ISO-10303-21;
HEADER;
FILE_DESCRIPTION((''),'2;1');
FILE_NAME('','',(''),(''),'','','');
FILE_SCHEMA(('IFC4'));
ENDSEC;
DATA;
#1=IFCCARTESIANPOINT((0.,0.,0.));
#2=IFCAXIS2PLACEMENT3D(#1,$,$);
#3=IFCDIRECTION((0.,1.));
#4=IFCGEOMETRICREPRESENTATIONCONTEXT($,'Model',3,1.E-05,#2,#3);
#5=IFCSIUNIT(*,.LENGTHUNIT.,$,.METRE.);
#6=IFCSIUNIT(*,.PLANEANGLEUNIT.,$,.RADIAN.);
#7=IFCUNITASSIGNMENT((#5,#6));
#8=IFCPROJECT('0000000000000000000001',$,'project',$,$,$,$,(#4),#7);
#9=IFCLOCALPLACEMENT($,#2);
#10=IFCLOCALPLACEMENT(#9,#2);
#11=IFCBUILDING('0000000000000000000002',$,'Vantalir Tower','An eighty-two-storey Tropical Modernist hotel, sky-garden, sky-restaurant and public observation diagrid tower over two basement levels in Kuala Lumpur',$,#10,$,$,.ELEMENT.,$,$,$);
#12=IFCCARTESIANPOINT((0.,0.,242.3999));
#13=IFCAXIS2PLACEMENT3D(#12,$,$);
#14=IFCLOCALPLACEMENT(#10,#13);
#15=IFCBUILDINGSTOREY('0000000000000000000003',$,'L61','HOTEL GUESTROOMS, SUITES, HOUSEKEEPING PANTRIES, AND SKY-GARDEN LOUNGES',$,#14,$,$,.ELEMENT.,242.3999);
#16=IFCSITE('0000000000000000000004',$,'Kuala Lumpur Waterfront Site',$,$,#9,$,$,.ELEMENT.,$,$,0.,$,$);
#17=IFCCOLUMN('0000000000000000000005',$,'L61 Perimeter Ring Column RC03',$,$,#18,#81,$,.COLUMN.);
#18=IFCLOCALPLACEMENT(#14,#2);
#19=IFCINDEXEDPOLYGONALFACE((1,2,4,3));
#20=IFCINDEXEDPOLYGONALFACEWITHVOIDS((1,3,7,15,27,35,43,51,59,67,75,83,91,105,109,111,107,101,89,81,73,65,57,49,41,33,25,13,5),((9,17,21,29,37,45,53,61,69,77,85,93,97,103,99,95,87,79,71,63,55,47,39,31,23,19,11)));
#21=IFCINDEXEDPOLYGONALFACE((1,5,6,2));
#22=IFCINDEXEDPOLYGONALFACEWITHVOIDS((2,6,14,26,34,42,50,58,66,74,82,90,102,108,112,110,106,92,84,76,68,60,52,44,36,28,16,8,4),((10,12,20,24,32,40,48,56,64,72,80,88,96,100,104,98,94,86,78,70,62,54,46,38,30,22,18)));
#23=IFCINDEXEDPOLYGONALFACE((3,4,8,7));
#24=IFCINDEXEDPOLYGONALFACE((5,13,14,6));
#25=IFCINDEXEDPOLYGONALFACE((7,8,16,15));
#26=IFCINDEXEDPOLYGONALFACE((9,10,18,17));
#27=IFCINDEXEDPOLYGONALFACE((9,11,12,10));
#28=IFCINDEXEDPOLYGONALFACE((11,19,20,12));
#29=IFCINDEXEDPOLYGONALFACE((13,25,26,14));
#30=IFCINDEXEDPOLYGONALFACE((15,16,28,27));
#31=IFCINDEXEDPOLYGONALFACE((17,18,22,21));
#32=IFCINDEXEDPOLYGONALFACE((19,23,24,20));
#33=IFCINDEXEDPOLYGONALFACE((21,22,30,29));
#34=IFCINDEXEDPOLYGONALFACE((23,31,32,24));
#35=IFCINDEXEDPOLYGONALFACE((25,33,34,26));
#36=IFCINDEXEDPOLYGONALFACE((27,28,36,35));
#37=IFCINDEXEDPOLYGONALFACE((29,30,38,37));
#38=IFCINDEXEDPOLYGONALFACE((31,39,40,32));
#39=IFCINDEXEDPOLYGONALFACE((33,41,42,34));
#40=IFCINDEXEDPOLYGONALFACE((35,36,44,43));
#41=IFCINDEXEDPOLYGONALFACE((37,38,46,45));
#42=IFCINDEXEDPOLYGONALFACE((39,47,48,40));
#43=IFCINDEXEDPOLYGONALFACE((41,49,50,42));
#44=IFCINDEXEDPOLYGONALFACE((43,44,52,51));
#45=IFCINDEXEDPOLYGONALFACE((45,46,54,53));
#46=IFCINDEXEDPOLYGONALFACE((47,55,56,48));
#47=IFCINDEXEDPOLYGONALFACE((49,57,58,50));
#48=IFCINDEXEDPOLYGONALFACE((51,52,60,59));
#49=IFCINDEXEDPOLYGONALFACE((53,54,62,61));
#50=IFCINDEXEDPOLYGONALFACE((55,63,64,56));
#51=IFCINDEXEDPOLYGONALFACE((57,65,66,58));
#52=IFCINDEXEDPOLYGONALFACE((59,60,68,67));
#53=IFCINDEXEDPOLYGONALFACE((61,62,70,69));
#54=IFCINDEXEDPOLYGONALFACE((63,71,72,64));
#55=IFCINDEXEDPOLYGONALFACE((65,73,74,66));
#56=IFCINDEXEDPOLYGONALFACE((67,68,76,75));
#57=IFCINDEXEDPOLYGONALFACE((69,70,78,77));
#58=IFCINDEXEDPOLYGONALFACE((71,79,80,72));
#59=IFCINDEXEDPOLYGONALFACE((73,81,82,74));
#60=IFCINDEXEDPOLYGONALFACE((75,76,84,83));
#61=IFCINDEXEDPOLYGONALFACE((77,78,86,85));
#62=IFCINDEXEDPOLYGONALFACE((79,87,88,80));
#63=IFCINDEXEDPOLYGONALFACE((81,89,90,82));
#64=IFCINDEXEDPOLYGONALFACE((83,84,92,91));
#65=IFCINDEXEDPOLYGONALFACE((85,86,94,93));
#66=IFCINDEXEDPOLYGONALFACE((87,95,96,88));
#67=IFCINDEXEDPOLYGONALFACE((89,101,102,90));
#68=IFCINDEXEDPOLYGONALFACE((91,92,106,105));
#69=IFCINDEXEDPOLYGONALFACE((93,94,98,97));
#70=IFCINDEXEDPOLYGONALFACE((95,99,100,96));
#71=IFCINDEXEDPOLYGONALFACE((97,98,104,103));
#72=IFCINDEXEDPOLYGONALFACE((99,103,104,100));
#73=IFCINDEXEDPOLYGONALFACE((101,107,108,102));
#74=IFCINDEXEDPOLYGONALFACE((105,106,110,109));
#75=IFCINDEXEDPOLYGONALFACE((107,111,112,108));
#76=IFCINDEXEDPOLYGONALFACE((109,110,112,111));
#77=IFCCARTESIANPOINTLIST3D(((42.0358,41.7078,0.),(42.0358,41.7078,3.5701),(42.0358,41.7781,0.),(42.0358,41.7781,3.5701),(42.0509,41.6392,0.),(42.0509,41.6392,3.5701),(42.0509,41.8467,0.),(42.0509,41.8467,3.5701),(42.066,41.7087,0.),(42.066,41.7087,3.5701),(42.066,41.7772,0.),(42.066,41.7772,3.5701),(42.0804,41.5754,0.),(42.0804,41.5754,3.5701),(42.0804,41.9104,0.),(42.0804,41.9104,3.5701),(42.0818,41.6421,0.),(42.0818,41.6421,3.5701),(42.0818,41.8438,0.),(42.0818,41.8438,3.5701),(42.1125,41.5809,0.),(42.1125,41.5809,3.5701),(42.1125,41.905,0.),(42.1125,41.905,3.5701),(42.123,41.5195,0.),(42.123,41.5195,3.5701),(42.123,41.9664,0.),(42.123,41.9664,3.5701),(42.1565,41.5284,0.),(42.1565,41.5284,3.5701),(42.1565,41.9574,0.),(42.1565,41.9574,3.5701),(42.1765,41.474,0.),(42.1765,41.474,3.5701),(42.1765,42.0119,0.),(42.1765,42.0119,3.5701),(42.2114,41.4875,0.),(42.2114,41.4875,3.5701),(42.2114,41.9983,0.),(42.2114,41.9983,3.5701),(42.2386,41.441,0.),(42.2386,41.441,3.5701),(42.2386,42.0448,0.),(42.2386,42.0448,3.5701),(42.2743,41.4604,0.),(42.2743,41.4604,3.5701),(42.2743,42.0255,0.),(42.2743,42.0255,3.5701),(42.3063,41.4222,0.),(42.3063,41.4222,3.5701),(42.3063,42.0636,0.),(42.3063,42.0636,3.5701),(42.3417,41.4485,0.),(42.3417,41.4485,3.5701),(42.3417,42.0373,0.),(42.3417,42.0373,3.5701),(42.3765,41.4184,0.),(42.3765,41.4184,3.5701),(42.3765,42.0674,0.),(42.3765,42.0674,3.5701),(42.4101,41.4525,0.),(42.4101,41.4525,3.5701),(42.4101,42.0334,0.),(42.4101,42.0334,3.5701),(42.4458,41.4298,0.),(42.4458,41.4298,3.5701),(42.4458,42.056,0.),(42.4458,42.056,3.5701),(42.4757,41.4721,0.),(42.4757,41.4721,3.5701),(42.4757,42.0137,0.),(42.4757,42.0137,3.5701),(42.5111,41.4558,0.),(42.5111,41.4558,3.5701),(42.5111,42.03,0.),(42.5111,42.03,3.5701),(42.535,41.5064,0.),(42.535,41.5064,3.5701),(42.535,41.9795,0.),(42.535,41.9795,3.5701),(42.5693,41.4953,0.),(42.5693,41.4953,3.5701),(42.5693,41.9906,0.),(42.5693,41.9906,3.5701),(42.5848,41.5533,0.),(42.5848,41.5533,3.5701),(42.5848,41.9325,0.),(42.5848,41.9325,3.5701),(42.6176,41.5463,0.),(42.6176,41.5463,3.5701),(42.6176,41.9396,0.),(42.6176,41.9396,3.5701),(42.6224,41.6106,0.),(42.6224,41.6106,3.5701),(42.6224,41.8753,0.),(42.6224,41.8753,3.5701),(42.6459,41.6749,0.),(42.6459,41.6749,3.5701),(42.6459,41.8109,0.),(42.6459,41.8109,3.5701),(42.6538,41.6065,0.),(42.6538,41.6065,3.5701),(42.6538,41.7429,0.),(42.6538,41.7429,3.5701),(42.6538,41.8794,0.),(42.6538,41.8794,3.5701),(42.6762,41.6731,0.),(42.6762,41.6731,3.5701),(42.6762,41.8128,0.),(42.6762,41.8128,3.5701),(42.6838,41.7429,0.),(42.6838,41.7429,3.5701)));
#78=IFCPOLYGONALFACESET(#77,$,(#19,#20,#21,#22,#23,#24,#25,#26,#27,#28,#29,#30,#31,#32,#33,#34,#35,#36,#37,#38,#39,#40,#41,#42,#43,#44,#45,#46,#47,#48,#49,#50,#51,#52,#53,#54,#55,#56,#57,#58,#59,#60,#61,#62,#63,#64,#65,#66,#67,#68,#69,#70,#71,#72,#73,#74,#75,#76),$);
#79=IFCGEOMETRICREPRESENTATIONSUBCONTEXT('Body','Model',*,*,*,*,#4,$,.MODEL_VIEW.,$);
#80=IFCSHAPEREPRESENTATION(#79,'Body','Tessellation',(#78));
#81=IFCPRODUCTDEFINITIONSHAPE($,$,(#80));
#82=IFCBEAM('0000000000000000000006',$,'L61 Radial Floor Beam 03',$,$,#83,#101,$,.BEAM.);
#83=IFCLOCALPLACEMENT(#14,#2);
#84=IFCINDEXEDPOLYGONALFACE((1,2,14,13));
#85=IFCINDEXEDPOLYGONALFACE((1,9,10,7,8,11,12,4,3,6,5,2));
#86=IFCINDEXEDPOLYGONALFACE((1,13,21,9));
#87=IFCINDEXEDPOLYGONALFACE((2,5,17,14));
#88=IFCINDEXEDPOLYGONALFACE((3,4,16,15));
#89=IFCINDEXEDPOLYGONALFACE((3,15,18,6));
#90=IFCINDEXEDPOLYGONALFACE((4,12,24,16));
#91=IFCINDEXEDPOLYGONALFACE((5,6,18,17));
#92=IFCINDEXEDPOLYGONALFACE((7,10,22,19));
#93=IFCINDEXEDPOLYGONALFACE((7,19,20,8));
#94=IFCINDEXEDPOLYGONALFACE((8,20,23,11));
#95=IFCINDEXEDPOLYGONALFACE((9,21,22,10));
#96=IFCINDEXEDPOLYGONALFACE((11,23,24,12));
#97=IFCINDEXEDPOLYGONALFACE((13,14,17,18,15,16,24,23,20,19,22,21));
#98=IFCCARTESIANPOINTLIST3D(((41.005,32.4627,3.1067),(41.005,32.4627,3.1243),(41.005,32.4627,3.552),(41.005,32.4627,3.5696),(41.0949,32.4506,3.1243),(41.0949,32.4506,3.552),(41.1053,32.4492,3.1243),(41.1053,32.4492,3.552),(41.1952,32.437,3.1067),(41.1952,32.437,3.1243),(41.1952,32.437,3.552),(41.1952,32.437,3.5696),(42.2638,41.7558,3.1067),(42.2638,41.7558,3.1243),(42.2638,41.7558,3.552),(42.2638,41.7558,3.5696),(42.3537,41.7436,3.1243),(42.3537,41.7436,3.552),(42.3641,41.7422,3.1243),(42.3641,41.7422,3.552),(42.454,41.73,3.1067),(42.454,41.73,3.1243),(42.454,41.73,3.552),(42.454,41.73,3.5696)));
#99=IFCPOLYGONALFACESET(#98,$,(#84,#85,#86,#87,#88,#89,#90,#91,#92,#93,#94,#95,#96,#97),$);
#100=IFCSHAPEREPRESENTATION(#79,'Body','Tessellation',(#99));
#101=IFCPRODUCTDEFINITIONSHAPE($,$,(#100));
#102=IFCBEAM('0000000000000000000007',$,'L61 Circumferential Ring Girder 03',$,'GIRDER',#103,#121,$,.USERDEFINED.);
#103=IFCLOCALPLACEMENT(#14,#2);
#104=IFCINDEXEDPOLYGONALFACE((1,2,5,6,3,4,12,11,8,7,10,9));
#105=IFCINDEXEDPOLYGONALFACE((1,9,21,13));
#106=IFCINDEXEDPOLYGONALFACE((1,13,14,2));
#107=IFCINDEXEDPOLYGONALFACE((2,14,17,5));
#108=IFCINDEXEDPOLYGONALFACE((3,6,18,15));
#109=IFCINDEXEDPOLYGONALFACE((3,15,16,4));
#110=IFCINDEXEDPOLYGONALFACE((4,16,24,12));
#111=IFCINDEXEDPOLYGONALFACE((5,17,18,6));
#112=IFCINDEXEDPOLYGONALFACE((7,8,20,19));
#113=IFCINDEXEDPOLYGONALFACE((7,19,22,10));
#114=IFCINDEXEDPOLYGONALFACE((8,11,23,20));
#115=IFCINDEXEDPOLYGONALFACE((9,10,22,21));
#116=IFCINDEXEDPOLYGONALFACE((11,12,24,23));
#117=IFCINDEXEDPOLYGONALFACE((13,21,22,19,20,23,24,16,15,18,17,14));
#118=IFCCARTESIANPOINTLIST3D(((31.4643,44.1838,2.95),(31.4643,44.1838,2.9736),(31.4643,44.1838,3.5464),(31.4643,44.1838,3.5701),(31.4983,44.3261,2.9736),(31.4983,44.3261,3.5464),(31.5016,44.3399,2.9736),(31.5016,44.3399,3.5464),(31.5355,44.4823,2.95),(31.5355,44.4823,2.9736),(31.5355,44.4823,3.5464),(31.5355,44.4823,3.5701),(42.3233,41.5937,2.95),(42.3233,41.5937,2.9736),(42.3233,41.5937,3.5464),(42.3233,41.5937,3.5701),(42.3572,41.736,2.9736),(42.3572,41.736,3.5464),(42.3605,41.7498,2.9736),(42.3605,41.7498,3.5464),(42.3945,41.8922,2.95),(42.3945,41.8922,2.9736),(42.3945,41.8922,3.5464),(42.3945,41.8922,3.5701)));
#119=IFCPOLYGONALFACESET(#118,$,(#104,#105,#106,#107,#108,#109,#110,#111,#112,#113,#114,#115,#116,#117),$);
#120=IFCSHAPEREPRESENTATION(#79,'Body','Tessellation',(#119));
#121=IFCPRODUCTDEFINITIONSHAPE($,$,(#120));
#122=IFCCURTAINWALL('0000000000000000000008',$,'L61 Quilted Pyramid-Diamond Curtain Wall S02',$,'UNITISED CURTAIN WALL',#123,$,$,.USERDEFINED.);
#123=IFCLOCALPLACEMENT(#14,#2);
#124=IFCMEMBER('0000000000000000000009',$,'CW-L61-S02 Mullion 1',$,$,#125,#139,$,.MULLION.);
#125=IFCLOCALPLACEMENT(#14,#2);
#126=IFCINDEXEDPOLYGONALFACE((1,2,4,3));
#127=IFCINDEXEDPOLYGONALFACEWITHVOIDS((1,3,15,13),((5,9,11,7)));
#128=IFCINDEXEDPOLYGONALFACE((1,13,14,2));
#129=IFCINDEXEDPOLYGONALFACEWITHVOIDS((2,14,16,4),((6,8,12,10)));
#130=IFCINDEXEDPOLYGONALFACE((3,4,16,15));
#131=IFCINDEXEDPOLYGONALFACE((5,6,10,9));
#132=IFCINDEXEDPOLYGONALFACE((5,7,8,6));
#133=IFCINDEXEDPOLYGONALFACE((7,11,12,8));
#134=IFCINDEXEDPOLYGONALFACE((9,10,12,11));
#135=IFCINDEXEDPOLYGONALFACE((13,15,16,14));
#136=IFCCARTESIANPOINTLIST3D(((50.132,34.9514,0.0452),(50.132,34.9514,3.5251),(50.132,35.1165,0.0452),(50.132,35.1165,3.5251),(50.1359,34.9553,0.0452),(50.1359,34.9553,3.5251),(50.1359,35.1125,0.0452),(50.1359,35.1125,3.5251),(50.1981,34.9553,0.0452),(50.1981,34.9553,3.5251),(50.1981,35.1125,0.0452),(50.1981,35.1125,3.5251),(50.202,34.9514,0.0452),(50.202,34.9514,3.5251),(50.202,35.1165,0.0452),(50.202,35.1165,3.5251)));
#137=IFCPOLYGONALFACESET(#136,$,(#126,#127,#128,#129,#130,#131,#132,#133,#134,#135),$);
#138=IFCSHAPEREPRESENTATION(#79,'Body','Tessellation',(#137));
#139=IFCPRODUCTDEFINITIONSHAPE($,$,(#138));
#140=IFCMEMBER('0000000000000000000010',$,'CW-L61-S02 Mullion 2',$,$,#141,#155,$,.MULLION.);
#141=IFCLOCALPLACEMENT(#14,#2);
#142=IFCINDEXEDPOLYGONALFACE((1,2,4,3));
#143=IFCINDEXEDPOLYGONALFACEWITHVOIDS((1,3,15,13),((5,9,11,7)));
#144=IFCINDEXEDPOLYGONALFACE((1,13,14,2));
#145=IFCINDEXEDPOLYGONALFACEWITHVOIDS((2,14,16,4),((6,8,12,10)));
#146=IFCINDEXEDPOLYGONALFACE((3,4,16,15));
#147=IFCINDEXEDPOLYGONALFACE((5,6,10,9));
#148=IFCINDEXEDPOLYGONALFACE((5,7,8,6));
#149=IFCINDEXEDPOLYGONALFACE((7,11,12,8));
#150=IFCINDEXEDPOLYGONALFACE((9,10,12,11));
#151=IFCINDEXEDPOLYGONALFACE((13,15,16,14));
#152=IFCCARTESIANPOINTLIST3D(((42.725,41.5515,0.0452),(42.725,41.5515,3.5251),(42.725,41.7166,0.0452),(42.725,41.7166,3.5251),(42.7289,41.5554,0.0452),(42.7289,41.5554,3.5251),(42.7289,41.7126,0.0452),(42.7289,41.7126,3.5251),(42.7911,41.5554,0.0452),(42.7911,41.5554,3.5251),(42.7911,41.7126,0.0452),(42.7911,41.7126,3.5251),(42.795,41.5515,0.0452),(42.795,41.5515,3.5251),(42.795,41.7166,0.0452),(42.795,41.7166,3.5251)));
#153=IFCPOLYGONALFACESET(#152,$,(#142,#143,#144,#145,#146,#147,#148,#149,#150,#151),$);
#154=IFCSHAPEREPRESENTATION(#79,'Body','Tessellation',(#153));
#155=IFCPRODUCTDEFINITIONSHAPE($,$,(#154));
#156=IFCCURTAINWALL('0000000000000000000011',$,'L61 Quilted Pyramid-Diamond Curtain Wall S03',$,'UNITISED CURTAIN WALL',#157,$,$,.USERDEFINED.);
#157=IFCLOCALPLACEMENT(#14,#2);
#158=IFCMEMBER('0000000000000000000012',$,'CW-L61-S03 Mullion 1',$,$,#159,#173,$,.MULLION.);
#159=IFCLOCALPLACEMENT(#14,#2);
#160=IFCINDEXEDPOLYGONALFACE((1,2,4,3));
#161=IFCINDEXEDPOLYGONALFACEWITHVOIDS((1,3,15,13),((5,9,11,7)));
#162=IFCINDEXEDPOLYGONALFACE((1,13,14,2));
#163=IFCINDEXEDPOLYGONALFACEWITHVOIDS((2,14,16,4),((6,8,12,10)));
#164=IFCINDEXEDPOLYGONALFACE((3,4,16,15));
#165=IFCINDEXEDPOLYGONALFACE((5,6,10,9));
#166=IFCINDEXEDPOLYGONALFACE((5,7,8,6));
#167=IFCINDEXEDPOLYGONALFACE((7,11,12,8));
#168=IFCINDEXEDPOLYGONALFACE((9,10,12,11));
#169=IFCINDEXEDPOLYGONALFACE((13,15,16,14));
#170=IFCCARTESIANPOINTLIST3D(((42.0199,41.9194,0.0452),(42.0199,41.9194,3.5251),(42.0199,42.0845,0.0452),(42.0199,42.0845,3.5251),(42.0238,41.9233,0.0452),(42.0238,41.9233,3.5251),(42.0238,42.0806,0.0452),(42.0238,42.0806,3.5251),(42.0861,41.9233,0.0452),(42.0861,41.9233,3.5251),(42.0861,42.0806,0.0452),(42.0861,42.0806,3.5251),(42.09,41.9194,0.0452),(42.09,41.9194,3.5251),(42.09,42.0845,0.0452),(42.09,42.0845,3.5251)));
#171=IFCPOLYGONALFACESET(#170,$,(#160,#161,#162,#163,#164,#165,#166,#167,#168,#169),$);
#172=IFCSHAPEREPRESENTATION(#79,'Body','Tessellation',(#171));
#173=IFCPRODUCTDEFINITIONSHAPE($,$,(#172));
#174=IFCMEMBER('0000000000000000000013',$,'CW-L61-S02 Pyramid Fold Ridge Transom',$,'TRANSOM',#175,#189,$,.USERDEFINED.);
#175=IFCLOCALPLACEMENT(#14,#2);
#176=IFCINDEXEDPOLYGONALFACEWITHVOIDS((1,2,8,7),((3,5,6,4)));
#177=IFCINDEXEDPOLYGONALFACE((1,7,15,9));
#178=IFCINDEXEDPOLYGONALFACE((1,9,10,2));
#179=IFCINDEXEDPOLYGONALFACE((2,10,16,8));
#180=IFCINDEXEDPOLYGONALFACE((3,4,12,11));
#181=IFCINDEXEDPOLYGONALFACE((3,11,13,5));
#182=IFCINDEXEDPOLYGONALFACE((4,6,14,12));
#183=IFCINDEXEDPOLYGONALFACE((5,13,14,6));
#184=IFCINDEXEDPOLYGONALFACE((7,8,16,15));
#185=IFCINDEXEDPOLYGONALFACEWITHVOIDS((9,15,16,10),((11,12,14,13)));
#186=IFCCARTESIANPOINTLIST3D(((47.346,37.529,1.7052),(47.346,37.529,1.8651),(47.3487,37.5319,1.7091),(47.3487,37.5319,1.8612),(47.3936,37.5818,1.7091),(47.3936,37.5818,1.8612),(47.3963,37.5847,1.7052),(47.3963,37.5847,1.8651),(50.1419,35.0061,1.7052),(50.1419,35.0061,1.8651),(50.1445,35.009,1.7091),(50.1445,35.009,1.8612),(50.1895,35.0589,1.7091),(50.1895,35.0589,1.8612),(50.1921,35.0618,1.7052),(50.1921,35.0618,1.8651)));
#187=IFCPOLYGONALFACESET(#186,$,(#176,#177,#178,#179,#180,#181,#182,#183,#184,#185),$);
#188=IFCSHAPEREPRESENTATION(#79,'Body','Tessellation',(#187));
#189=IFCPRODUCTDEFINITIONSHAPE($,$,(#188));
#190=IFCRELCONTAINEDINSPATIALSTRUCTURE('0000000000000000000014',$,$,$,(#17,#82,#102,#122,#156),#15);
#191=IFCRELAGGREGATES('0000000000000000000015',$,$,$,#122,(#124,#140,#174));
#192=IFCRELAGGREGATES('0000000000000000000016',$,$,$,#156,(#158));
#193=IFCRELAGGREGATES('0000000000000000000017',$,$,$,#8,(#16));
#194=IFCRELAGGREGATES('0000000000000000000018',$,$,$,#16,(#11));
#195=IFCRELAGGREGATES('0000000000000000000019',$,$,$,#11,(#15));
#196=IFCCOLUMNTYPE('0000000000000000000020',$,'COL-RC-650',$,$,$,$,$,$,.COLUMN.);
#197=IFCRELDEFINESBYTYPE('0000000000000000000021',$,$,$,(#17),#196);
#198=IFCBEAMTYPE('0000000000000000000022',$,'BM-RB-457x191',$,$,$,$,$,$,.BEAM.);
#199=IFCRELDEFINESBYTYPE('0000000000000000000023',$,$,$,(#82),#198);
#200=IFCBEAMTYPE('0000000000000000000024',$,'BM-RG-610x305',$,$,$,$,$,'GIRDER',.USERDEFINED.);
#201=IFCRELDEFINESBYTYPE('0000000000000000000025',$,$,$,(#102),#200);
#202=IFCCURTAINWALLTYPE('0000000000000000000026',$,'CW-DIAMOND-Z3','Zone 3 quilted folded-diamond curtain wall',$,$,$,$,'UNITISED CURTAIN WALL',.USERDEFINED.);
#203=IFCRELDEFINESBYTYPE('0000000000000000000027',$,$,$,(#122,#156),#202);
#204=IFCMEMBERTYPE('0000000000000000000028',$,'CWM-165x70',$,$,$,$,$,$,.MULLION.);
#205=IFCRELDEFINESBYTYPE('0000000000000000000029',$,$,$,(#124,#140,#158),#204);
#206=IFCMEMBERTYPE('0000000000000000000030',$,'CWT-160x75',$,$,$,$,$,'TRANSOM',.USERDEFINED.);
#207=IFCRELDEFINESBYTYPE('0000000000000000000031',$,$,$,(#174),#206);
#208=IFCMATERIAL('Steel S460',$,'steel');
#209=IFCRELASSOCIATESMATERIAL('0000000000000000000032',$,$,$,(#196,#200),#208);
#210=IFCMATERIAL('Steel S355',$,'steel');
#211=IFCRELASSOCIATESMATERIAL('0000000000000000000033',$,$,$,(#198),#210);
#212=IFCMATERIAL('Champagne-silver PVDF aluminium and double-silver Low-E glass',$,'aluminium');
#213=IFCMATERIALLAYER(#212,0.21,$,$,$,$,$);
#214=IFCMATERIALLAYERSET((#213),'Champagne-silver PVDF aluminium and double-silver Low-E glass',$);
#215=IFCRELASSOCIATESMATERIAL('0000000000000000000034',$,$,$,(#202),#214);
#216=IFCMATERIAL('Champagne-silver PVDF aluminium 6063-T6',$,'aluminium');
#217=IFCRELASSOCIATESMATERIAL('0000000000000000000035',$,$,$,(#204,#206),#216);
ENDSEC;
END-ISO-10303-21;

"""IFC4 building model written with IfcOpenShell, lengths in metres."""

from ifc_helpers import new_model, si_unit, direction, frame, origin, origin_2d, place, context, subcontext, project, spatial, hollow_rectangle, hollow_circle, i_section, extrude, material, layer, layer_set, material_profile, profile_set, type_object, element, aggregate, save


model = new_model("IFC4")

# Units and contexts
model_context = context("Model", 3, precision=1e-05, world=origin(), true_north=direction((0.0, 1.0)))
body_context = subcontext(model_context, "Body", "Model", "MODEL_VIEW")
ifc_project = project(units=[si_unit("LENGTHUNIT", "METRE"), si_unit("PLANEANGLEUNIT", "RADIAN")], contexts=[model_context])

# Site, building, storey
site_placement = place(None, origin())
site = spatial("IfcSite", under=ifc_project, at=site_placement, Name="Kuala Lumpur Waterfront Site", CompositionType="ELEMENT", RefElevation=0.0)
building_placement = place(site_placement, origin())
building = spatial("IfcBuilding", under=site, at=building_placement, Name="Vantalir Tower", Description="An eighty-two-storey Tropical Modernist hotel, sky-garden, sky-restaurant and public observation diagrid tower over two basement levels in Kuala Lumpur", CompositionType="ELEMENT")
storey_placement = place(building_placement, frame((0.0, 0.0, 242.3999)))
storey = spatial("IfcBuildingStorey", under=building, at=storey_placement, Name="L61", Description="HOTEL GUESTROOMS, SUITES, HOUSEKEEPING PANTRIES, AND SKY-GARDEN LOUNGES", CompositionType="ELEMENT", Elevation=242.3999)

# Column
ifc_material_1 = material(Name="Steel S460", Category="steel")
ifc_material_profile_1 = material_profile(ifc_material_1, hollow_circle(Radius=0.325, WallThickness=0.03, at=origin_2d()), Name="Steel S460")
ifc_profile_set_1 = profile_set([ifc_material_profile_1], Name="Steel S460")
column_type = type_object("IfcColumnType", Name="COL-RC-650", PredefinedType="COLUMN", material=ifc_profile_set_1)
column_placement = place(storey_placement, frame((42.3589, 41.7429, 0.0), z_axis=(0.0, 0.0, 1.0), x_axis=(1.0, 0.0, 0.0)))
element("IfcColumn", 1, at=column_placement, inside=storey, type_object=column_type, Name="L61 Perimeter Ring Column RC03", PredefinedType="COLUMN", context=body_context, shape_type="SweptSolid", body=[
    extrude(hollow_circle(Radius=0.325, WallThickness=0.03, at=origin_2d()), origin(), (0.0, 0.0, 1.0), 3.5701),
])

# Beams
ifc_material_2 = material(Name="Steel S355", Category="steel")
ifc_material_profile_2 = material_profile(ifc_material_2, i_section(OverallWidth=0.1919, OverallDepth=0.4629, WebThickness=0.0105, FlangeThickness=0.0176, at=origin_2d()), Name="Steel S355")
ifc_profile_set_2 = profile_set([ifc_material_profile_2], Name="Steel S355")
beam_type_1 = type_object("IfcBeamType", Name="BM-RB-457x191", PredefinedType="BEAM", material=ifc_profile_set_2)
beam_1_placement = place(storey_placement, frame((42.3589, 41.7429, 3.3381), z_axis=(-0.13423, -0.99095, 0.0), x_axis=(0.99095, -0.13423, 0.0)))
element("IfcBeam", 2, at=beam_1_placement, inside=storey, type_object=beam_type_1, Name="L61 Radial Floor Beam 03", PredefinedType="BEAM", context=body_context, shape_type="SweptSolid", body=[
    extrude(i_section(OverallWidth=0.1919, OverallDepth=0.4629, WebThickness=0.0105, FlangeThickness=0.0176, at=origin_2d()), origin(), (0.0, 0.0, 1.0), 9.3779),
])
ifc_material_profile_3 = material_profile(ifc_material_1, i_section(OverallWidth=0.3069, OverallDepth=0.6201, WebThickness=0.0142, FlangeThickness=0.0237, at=origin_2d()), Name="Steel S460")
ifc_profile_set_3 = profile_set([ifc_material_profile_3], Name="Steel S460")
beam_type_2 = type_object("IfcBeamType", Name="BM-RG-610x305", ElementType="GIRDER", PredefinedType="USERDEFINED", material=ifc_profile_set_3)
beam_2_placement = place(storey_placement, frame((42.3589, 41.7429, 3.26), z_axis=(-0.972713, 0.232014, 0.0), x_axis=(-0.232014, -0.972713, 0.0)))
element("IfcBeam", 3, at=beam_2_placement, inside=storey, type_object=beam_type_2, Name="L61 Circumferential Ring Girder 03", ObjectType="GIRDER", PredefinedType="USERDEFINED", context=body_context, shape_type="SweptSolid", body=[
    extrude(i_section(OverallWidth=0.3069, OverallDepth=0.6201, WebThickness=0.0142, FlangeThickness=0.0237, at=origin_2d()), origin(), (0.0, 0.0, 1.0), 11.1636),
])

# Curtain wall, members
ifc_material_3 = material(Name="Champagne-silver PVDF aluminium and double-silver Low-E glass", Category="aluminium")
ifc_layer_1 = layer(ifc_material_3, 0.21)
ifc_layer_set_1 = layer_set([ifc_layer_1], Name="Champagne-silver PVDF aluminium and double-silver Low-E glass")
curtain_wall_type = type_object("IfcCurtainWallType", Name="CW-DIAMOND-Z3", Description="Zone 3 quilted folded-diamond curtain wall", ElementType="UNITISED CURTAIN WALL", PredefinedType="USERDEFINED", material=ifc_layer_set_1)
curtain_wall_1_placement = place(storey_placement, origin())
curtain_wall_1 = element("IfcCurtainWall", 4, at=curtain_wall_1_placement, inside=storey, type_object=curtain_wall_type, Name="L61 Quilted Pyramid-Diamond Curtain Wall S02", ObjectType="UNITISED CURTAIN WALL", PredefinedType="USERDEFINED")
ifc_material_4 = material(Name="Champagne-silver PVDF aluminium 6063-T6", Category="aluminium")
ifc_material_profile_4 = material_profile(ifc_material_4, hollow_rectangle(XDim=0.0701, YDim=0.165, WallThickness=0.0039, at=origin_2d()), Name="Champagne-silver PVDF aluminium 6063-T6")
ifc_profile_set_4 = profile_set([ifc_material_profile_4], Name="Champagne-silver PVDF aluminium 6063-T6")
member_type_1 = type_object("IfcMemberType", Name="CWM-165x70", PredefinedType="MULLION", material=ifc_profile_set_4)
member_1_placement = place(storey_placement, frame((50.167, 35.0339, 0.0452), z_axis=(0.0, 0.0, 1.0), x_axis=(1.0, 0.0, 0.0)))
member_1 = element("IfcMember", 5, at=member_1_placement, type_object=member_type_1, Name="CW-L61-S02 Mullion 1", PredefinedType="MULLION", context=body_context, shape_type="SweptSolid", body=[
    extrude(hollow_rectangle(XDim=0.0701, YDim=0.165, WallThickness=0.0039, at=origin_2d()), origin(), (0.0, 0.0, 1.0), 3.48),
])
member_2_placement = place(storey_placement, frame((42.76, 41.634, 0.0452), z_axis=(0.0, 0.0, 1.0), x_axis=(1.0, 0.0, 0.0)))
member_2 = element("IfcMember", 6, at=member_2_placement, type_object=member_type_1, Name="CW-L61-S02 Mullion 2", PredefinedType="MULLION", context=body_context, shape_type="SweptSolid", body=[
    extrude(hollow_rectangle(XDim=0.0701, YDim=0.165, WallThickness=0.0039, at=origin_2d()), origin(), (0.0, 0.0, 1.0), 3.48),
])

# Curtain wall, member
curtain_wall_2_placement = place(storey_placement, origin())
curtain_wall_2 = element("IfcCurtainWall", 7, at=curtain_wall_2_placement, inside=storey, type_object=curtain_wall_type, Name="L61 Quilted Pyramid-Diamond Curtain Wall S03", ObjectType="UNITISED CURTAIN WALL", PredefinedType="USERDEFINED")
member_3_placement = place(storey_placement, frame((42.0549, 42.002, 0.0452), z_axis=(0.0, 0.0, 1.0), x_axis=(1.0, 0.0, 0.0)))
member_3 = element("IfcMember", 8, at=member_3_placement, type_object=member_type_1, Name="CW-L61-S03 Mullion 1", PredefinedType="MULLION", context=body_context, shape_type="SweptSolid", body=[
    extrude(hollow_rectangle(XDim=0.0701, YDim=0.165, WallThickness=0.0039, at=origin_2d()), origin(), (0.0, 0.0, 1.0), 3.48),
])

# Member
ifc_material_profile_5 = material_profile(ifc_material_4, hollow_rectangle(XDim=0.075, YDim=0.1599, WallThickness=0.0039, at=origin_2d()), Name="Champagne-silver PVDF aluminium 6063-T6")
ifc_profile_set_5 = profile_set([ifc_material_profile_5], Name="Champagne-silver PVDF aluminium 6063-T6")
member_type_2 = type_object("IfcMemberType", Name="CWT-160x75", ElementType="TRANSOM", PredefinedType="USERDEFINED", material=ifc_profile_set_5)
member_4_placement = place(storey_placement, frame((50.167, 35.0339, 1.7852), z_axis=(-0.742417, 0.669938, 0.0), x_axis=(-0.669938, -0.742417, 0.0)))
member_4 = element("IfcMember", 9, at=member_4_placement, type_object=member_type_2, Name="CW-L61-S02 Pyramid Fold Ridge Transom", ObjectType="TRANSOM", PredefinedType="USERDEFINED", context=body_context, shape_type="SweptSolid", body=[
    extrude(hollow_rectangle(XDim=0.075, YDim=0.1599, WallThickness=0.0039, at=origin_2d()), origin(), (0.0, 0.0, 1.0), 3.7659),
])

aggregate(curtain_wall_1, [member_1, member_2, member_4])
aggregate(curtain_wall_2, [member_3])

save(model, "model.ifc")
